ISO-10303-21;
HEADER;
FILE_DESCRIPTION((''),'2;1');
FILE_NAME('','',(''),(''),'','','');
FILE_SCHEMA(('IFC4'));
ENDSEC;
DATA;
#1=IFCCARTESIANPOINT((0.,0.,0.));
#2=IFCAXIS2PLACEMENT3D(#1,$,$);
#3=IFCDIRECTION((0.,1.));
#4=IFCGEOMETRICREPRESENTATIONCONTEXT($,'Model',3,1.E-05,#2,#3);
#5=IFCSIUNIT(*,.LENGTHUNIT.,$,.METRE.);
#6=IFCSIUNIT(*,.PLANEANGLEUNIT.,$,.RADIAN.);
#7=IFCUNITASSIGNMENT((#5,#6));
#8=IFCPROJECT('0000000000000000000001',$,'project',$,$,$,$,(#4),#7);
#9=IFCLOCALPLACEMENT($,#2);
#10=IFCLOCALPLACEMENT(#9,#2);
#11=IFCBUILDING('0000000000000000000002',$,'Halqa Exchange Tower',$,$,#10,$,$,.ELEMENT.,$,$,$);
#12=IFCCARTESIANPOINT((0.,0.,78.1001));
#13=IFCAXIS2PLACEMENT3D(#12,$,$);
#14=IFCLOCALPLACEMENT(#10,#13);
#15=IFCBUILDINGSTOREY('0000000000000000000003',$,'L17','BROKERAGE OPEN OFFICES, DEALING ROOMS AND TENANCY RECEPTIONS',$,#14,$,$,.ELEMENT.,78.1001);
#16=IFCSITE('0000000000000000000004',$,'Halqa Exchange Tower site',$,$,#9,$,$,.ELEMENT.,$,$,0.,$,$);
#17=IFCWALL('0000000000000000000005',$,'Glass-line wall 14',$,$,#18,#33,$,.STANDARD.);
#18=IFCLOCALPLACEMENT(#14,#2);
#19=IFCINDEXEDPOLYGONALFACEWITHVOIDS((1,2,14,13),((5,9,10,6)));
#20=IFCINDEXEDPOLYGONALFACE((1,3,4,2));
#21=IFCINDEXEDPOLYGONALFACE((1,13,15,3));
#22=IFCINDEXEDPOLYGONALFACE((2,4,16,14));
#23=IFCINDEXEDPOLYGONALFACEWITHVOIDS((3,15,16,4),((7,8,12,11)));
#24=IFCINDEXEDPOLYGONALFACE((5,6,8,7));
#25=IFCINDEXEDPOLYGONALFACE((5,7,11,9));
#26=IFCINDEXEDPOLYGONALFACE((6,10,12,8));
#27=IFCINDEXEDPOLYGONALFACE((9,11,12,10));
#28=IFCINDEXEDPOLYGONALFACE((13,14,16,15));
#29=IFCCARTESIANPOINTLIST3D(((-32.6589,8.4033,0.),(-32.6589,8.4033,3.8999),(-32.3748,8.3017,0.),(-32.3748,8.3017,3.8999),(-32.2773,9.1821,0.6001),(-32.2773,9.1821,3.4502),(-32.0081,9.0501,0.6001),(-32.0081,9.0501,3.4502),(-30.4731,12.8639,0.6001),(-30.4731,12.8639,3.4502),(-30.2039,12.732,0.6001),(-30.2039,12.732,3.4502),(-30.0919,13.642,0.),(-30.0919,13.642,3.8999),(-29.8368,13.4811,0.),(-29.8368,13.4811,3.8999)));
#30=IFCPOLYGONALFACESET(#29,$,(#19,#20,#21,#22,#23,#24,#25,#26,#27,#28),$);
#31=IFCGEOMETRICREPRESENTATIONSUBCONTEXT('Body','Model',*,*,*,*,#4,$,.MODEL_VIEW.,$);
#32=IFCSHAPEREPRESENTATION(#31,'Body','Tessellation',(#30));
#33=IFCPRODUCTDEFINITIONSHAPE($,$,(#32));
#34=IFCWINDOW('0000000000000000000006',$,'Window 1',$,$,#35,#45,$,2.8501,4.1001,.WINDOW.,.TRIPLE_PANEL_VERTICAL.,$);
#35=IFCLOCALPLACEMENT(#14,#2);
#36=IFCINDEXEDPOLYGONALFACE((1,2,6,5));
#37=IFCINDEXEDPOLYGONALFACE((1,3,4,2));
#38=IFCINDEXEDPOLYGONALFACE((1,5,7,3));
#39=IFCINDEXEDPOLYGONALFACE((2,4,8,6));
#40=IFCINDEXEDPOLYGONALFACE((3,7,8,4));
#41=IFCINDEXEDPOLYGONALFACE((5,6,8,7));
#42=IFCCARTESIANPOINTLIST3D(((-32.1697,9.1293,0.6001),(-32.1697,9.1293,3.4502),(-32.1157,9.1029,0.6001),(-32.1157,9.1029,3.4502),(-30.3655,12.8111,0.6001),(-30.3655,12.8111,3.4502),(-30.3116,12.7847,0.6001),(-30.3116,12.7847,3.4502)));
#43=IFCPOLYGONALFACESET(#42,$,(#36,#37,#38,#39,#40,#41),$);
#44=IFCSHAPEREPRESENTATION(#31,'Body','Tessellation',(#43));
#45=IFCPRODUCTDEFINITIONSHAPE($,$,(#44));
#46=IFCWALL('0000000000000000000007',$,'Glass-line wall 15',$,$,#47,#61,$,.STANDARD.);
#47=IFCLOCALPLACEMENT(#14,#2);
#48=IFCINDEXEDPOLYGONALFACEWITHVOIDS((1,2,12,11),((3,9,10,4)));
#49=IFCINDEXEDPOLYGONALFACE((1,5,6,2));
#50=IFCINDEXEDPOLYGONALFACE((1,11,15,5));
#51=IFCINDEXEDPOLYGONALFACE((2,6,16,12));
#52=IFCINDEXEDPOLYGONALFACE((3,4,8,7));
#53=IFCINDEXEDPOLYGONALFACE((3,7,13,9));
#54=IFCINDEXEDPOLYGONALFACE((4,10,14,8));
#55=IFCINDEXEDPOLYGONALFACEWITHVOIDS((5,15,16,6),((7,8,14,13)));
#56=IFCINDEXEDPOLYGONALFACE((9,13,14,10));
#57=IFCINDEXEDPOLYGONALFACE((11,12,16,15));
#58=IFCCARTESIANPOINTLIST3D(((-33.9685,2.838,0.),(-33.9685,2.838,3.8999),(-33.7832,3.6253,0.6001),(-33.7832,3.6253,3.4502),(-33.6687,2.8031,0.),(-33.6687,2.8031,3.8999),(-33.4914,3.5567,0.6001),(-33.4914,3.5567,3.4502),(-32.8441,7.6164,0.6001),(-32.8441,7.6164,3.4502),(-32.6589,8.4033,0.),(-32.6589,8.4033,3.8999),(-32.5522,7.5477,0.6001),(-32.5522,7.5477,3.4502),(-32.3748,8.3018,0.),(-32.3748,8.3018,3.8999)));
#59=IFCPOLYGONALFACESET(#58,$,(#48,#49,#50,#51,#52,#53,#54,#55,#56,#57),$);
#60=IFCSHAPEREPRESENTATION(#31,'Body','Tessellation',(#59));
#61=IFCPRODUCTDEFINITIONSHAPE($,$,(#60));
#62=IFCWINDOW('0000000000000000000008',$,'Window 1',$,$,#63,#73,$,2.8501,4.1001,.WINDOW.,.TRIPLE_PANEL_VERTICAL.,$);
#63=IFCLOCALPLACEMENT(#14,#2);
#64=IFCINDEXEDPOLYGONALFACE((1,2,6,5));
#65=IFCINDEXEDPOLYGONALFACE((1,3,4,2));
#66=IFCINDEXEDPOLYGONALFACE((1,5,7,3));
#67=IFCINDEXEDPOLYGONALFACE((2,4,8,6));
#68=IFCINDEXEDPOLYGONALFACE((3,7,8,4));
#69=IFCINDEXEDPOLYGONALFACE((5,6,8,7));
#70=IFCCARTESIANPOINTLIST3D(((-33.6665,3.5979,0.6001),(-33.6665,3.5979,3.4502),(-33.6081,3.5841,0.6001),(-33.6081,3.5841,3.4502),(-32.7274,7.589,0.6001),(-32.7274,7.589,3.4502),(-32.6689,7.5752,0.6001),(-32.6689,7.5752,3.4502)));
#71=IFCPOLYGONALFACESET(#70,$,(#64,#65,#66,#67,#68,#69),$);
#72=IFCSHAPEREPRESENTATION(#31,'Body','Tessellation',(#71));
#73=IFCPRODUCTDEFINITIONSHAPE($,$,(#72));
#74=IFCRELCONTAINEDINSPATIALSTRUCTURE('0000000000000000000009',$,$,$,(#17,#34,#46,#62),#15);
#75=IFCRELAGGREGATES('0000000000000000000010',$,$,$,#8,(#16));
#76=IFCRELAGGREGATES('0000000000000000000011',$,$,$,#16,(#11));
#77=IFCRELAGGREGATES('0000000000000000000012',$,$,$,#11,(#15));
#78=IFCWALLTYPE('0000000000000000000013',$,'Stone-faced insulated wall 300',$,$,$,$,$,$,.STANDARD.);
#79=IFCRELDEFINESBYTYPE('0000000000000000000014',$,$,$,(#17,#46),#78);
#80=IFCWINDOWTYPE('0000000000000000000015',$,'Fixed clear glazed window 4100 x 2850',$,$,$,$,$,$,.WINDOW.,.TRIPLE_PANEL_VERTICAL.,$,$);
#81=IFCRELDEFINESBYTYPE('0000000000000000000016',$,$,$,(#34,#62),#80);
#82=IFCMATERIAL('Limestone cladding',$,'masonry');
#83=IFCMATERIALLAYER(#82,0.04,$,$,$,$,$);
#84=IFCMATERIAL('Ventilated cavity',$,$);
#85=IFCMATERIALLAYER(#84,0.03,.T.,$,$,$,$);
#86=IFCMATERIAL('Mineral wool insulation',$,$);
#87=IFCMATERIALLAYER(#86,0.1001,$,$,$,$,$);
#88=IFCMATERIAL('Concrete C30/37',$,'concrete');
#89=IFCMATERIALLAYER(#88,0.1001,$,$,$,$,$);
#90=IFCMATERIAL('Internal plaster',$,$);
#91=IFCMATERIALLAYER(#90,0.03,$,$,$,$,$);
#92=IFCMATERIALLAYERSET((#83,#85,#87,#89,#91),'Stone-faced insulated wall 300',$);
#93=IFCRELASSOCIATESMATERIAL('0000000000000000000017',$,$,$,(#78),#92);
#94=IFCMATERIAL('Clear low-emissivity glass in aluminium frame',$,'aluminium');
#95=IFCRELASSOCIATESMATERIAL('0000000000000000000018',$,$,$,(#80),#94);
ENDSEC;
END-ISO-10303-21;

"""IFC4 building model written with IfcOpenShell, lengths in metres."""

from ifc_helpers import new_model, si_unit, direction, frame, frame_2d, origin, place, context, subcontext, project, spatial, polyline, rectangle, outline, extrude, material, layer, layer_set, type_object, element, fill, save


model = new_model("IFC4")

# Units and contexts
model_context = context("Model", 3, precision=1e-05, world=origin(), true_north=direction((0.0, 1.0)))
body_context = subcontext(model_context, "Body", "Model", "MODEL_VIEW")
ifc_project = project(units=[si_unit("LENGTHUNIT", "METRE"), si_unit("PLANEANGLEUNIT", "RADIAN")], contexts=[model_context])

# Site, building, storey
site_placement = place(None, origin())
site = spatial("IfcSite", under=ifc_project, at=site_placement, Name="Halqa Exchange Tower site", CompositionType="ELEMENT", RefElevation=0.0)
building_placement = place(site_placement, origin())
building = spatial("IfcBuilding", under=site, at=building_placement, Name="Halqa Exchange Tower", CompositionType="ELEMENT")
storey_placement = place(building_placement, frame((0.0, 0.0, 78.1001)))
storey = spatial("IfcBuildingStorey", under=building, at=storey_placement, Name="L17", Description="BROKERAGE OPEN OFFICES, DEALING ROOMS AND TENANCY RECEPTIONS", CompositionType="ELEMENT", Elevation=78.1001)

# Walls, openings, windows
ifc_material_1 = material(Name="Limestone cladding", Category="masonry")
ifc_layer_1 = layer(ifc_material_1, 0.04)
ifc_material_2 = material(Name="Ventilated cavity")
ifc_layer_2 = layer(ifc_material_2, 0.03, ventilated=True)
ifc_material_3 = material(Name="Mineral wool insulation")
ifc_layer_3 = layer(ifc_material_3, 0.1001)
ifc_material_4 = material(Name="Concrete C30/37", Category="concrete")
ifc_layer_4 = layer(ifc_material_4, 0.1001)
ifc_material_5 = material(Name="Internal plaster")
ifc_layer_5 = layer(ifc_material_5, 0.03)
ifc_layer_set_1 = layer_set([ifc_layer_1, ifc_layer_2, ifc_layer_3, ifc_layer_4, ifc_layer_5], Name="Stone-faced insulated wall 300")
wall_type_1 = type_object("IfcWallType", Name="Stone-faced insulated wall 300", PredefinedType="STANDARD", material=ifc_layer_set_1)
wall_1_placement = place(storey_placement, frame((-29.9644, 13.5615, 0.0), z_axis=(0.0, 0.0, 1.0), x_axis=(-0.440027, -0.897984, 0.0)))
wall_1 = element("IfcWall", 1, at=wall_1_placement, inside=storey, type_object=wall_type_1, Name="Glass-line wall 14", PredefinedType="STANDARD", context=body_context, shape_type="SweptSolid", body=[
    extrude(outline(polyline([(-0.0161, -0.1499), (5.8176, -0.1499), (5.7839, 0.1499), (0.0161, 0.1499), (-0.0161, -0.1499)])), origin(), (0.0, 0.0, 1.0), 3.8999),
])
opening_1_placement = place(wall_1_placement, frame((0.8503, 0.0, 0.6001)))
opening_1 = element("IfcOpeningElement", 2, at=opening_1_placement, cuts=wall_1, PredefinedType="OPENING", context=body_context, shape_type="SweptSolid", body=[
    extrude(rectangle(XDim=4.1001, YDim=2.8501, at=frame_2d((2.05, 1.425))), frame((0.0, 0.1621, 0.0), z_axis=(0.0, -1.0, 0.0), x_axis=(1.0, 0.0, 0.0)), (0.0, 0.0, 1.0), 0.324),
])
ifc_material_6 = material(Name="Clear low-emissivity glass in aluminium frame", Category="aluminium")
window_type = type_object("IfcWindowType", Name="Fixed clear glazed window 4100 x 2850", PartitioningType="TRIPLE_PANEL_VERTICAL", PredefinedType="WINDOW", material=ifc_material_6)
window_1_placement = place(opening_1_placement, origin())
window_1 = element("IfcWindow", 3, at=window_1_placement, inside=storey, type_object=window_type, Name="Window 1", OverallHeight=2.8501, OverallWidth=4.1001, PartitioningType="TRIPLE_PANEL_VERTICAL", PredefinedType="WINDOW", context=body_context, shape_type="SweptSolid", body=[
    extrude(rectangle(XDim=4.1001, YDim=2.8501, at=frame_2d((2.05, 1.425))), frame((0.0, 0.03, 0.0), z_axis=(0.0, -1.0, 0.0), x_axis=(1.0, 0.0, 0.0)), (0.0, 0.0, 1.0), 0.0601),
])
fill(opening_1, window_1)
wall_2_placement = place(storey_placement, frame((-32.5168, 8.3525, 0.0), z_axis=(0.0, 0.0, 1.0), x_axis=(-0.229058, -0.973413, 0.0)))
wall_2 = element("IfcWall", 4, at=wall_2_placement, inside=storey, type_object=wall_type_1, Name="Glass-line wall 15", PredefinedType="STANDARD", context=body_context, shape_type="SweptSolid", body=[
    extrude(outline(polyline([(-0.0168, -0.1499), (5.7004, -0.1499), (5.6658, 0.1499), (0.0168, 0.1499), (-0.0168, -0.1499)])), origin(), (0.0, 0.0, 1.0), 3.8999),
])
opening_2_placement = place(wall_2_placement, frame((0.7915, 0.0, 0.6001)))
opening_2 = element("IfcOpeningElement", 5, at=opening_2_placement, cuts=wall_2, PredefinedType="OPENING", context=body_context, shape_type="SweptSolid", body=[
    extrude(rectangle(XDim=4.1001, YDim=2.8501, at=frame_2d((2.05, 1.425))), frame((0.0, 0.1621, 0.0), z_axis=(0.0, -1.0, 0.0), x_axis=(1.0, 0.0, 0.0)), (0.0, 0.0, 1.0), 0.324),
])
window_2_placement = place(opening_2_placement, origin())
window_2 = element("IfcWindow", 6, at=window_2_placement, inside=storey, type_object=window_type, Name="Window 1", OverallHeight=2.8501, OverallWidth=4.1001, PartitioningType="TRIPLE_PANEL_VERTICAL", PredefinedType="WINDOW", context=body_context, shape_type="SweptSolid", body=[
    extrude(rectangle(XDim=4.1001, YDim=2.8501, at=frame_2d((2.05, 1.425))), frame((0.0, 0.03, 0.0), z_axis=(0.0, -1.0, 0.0), x_axis=(1.0, 0.0, 0.0)), (0.0, 0.0, 1.0), 0.0601),
])
fill(opening_2, window_2)

save(model, "model.ifc")
